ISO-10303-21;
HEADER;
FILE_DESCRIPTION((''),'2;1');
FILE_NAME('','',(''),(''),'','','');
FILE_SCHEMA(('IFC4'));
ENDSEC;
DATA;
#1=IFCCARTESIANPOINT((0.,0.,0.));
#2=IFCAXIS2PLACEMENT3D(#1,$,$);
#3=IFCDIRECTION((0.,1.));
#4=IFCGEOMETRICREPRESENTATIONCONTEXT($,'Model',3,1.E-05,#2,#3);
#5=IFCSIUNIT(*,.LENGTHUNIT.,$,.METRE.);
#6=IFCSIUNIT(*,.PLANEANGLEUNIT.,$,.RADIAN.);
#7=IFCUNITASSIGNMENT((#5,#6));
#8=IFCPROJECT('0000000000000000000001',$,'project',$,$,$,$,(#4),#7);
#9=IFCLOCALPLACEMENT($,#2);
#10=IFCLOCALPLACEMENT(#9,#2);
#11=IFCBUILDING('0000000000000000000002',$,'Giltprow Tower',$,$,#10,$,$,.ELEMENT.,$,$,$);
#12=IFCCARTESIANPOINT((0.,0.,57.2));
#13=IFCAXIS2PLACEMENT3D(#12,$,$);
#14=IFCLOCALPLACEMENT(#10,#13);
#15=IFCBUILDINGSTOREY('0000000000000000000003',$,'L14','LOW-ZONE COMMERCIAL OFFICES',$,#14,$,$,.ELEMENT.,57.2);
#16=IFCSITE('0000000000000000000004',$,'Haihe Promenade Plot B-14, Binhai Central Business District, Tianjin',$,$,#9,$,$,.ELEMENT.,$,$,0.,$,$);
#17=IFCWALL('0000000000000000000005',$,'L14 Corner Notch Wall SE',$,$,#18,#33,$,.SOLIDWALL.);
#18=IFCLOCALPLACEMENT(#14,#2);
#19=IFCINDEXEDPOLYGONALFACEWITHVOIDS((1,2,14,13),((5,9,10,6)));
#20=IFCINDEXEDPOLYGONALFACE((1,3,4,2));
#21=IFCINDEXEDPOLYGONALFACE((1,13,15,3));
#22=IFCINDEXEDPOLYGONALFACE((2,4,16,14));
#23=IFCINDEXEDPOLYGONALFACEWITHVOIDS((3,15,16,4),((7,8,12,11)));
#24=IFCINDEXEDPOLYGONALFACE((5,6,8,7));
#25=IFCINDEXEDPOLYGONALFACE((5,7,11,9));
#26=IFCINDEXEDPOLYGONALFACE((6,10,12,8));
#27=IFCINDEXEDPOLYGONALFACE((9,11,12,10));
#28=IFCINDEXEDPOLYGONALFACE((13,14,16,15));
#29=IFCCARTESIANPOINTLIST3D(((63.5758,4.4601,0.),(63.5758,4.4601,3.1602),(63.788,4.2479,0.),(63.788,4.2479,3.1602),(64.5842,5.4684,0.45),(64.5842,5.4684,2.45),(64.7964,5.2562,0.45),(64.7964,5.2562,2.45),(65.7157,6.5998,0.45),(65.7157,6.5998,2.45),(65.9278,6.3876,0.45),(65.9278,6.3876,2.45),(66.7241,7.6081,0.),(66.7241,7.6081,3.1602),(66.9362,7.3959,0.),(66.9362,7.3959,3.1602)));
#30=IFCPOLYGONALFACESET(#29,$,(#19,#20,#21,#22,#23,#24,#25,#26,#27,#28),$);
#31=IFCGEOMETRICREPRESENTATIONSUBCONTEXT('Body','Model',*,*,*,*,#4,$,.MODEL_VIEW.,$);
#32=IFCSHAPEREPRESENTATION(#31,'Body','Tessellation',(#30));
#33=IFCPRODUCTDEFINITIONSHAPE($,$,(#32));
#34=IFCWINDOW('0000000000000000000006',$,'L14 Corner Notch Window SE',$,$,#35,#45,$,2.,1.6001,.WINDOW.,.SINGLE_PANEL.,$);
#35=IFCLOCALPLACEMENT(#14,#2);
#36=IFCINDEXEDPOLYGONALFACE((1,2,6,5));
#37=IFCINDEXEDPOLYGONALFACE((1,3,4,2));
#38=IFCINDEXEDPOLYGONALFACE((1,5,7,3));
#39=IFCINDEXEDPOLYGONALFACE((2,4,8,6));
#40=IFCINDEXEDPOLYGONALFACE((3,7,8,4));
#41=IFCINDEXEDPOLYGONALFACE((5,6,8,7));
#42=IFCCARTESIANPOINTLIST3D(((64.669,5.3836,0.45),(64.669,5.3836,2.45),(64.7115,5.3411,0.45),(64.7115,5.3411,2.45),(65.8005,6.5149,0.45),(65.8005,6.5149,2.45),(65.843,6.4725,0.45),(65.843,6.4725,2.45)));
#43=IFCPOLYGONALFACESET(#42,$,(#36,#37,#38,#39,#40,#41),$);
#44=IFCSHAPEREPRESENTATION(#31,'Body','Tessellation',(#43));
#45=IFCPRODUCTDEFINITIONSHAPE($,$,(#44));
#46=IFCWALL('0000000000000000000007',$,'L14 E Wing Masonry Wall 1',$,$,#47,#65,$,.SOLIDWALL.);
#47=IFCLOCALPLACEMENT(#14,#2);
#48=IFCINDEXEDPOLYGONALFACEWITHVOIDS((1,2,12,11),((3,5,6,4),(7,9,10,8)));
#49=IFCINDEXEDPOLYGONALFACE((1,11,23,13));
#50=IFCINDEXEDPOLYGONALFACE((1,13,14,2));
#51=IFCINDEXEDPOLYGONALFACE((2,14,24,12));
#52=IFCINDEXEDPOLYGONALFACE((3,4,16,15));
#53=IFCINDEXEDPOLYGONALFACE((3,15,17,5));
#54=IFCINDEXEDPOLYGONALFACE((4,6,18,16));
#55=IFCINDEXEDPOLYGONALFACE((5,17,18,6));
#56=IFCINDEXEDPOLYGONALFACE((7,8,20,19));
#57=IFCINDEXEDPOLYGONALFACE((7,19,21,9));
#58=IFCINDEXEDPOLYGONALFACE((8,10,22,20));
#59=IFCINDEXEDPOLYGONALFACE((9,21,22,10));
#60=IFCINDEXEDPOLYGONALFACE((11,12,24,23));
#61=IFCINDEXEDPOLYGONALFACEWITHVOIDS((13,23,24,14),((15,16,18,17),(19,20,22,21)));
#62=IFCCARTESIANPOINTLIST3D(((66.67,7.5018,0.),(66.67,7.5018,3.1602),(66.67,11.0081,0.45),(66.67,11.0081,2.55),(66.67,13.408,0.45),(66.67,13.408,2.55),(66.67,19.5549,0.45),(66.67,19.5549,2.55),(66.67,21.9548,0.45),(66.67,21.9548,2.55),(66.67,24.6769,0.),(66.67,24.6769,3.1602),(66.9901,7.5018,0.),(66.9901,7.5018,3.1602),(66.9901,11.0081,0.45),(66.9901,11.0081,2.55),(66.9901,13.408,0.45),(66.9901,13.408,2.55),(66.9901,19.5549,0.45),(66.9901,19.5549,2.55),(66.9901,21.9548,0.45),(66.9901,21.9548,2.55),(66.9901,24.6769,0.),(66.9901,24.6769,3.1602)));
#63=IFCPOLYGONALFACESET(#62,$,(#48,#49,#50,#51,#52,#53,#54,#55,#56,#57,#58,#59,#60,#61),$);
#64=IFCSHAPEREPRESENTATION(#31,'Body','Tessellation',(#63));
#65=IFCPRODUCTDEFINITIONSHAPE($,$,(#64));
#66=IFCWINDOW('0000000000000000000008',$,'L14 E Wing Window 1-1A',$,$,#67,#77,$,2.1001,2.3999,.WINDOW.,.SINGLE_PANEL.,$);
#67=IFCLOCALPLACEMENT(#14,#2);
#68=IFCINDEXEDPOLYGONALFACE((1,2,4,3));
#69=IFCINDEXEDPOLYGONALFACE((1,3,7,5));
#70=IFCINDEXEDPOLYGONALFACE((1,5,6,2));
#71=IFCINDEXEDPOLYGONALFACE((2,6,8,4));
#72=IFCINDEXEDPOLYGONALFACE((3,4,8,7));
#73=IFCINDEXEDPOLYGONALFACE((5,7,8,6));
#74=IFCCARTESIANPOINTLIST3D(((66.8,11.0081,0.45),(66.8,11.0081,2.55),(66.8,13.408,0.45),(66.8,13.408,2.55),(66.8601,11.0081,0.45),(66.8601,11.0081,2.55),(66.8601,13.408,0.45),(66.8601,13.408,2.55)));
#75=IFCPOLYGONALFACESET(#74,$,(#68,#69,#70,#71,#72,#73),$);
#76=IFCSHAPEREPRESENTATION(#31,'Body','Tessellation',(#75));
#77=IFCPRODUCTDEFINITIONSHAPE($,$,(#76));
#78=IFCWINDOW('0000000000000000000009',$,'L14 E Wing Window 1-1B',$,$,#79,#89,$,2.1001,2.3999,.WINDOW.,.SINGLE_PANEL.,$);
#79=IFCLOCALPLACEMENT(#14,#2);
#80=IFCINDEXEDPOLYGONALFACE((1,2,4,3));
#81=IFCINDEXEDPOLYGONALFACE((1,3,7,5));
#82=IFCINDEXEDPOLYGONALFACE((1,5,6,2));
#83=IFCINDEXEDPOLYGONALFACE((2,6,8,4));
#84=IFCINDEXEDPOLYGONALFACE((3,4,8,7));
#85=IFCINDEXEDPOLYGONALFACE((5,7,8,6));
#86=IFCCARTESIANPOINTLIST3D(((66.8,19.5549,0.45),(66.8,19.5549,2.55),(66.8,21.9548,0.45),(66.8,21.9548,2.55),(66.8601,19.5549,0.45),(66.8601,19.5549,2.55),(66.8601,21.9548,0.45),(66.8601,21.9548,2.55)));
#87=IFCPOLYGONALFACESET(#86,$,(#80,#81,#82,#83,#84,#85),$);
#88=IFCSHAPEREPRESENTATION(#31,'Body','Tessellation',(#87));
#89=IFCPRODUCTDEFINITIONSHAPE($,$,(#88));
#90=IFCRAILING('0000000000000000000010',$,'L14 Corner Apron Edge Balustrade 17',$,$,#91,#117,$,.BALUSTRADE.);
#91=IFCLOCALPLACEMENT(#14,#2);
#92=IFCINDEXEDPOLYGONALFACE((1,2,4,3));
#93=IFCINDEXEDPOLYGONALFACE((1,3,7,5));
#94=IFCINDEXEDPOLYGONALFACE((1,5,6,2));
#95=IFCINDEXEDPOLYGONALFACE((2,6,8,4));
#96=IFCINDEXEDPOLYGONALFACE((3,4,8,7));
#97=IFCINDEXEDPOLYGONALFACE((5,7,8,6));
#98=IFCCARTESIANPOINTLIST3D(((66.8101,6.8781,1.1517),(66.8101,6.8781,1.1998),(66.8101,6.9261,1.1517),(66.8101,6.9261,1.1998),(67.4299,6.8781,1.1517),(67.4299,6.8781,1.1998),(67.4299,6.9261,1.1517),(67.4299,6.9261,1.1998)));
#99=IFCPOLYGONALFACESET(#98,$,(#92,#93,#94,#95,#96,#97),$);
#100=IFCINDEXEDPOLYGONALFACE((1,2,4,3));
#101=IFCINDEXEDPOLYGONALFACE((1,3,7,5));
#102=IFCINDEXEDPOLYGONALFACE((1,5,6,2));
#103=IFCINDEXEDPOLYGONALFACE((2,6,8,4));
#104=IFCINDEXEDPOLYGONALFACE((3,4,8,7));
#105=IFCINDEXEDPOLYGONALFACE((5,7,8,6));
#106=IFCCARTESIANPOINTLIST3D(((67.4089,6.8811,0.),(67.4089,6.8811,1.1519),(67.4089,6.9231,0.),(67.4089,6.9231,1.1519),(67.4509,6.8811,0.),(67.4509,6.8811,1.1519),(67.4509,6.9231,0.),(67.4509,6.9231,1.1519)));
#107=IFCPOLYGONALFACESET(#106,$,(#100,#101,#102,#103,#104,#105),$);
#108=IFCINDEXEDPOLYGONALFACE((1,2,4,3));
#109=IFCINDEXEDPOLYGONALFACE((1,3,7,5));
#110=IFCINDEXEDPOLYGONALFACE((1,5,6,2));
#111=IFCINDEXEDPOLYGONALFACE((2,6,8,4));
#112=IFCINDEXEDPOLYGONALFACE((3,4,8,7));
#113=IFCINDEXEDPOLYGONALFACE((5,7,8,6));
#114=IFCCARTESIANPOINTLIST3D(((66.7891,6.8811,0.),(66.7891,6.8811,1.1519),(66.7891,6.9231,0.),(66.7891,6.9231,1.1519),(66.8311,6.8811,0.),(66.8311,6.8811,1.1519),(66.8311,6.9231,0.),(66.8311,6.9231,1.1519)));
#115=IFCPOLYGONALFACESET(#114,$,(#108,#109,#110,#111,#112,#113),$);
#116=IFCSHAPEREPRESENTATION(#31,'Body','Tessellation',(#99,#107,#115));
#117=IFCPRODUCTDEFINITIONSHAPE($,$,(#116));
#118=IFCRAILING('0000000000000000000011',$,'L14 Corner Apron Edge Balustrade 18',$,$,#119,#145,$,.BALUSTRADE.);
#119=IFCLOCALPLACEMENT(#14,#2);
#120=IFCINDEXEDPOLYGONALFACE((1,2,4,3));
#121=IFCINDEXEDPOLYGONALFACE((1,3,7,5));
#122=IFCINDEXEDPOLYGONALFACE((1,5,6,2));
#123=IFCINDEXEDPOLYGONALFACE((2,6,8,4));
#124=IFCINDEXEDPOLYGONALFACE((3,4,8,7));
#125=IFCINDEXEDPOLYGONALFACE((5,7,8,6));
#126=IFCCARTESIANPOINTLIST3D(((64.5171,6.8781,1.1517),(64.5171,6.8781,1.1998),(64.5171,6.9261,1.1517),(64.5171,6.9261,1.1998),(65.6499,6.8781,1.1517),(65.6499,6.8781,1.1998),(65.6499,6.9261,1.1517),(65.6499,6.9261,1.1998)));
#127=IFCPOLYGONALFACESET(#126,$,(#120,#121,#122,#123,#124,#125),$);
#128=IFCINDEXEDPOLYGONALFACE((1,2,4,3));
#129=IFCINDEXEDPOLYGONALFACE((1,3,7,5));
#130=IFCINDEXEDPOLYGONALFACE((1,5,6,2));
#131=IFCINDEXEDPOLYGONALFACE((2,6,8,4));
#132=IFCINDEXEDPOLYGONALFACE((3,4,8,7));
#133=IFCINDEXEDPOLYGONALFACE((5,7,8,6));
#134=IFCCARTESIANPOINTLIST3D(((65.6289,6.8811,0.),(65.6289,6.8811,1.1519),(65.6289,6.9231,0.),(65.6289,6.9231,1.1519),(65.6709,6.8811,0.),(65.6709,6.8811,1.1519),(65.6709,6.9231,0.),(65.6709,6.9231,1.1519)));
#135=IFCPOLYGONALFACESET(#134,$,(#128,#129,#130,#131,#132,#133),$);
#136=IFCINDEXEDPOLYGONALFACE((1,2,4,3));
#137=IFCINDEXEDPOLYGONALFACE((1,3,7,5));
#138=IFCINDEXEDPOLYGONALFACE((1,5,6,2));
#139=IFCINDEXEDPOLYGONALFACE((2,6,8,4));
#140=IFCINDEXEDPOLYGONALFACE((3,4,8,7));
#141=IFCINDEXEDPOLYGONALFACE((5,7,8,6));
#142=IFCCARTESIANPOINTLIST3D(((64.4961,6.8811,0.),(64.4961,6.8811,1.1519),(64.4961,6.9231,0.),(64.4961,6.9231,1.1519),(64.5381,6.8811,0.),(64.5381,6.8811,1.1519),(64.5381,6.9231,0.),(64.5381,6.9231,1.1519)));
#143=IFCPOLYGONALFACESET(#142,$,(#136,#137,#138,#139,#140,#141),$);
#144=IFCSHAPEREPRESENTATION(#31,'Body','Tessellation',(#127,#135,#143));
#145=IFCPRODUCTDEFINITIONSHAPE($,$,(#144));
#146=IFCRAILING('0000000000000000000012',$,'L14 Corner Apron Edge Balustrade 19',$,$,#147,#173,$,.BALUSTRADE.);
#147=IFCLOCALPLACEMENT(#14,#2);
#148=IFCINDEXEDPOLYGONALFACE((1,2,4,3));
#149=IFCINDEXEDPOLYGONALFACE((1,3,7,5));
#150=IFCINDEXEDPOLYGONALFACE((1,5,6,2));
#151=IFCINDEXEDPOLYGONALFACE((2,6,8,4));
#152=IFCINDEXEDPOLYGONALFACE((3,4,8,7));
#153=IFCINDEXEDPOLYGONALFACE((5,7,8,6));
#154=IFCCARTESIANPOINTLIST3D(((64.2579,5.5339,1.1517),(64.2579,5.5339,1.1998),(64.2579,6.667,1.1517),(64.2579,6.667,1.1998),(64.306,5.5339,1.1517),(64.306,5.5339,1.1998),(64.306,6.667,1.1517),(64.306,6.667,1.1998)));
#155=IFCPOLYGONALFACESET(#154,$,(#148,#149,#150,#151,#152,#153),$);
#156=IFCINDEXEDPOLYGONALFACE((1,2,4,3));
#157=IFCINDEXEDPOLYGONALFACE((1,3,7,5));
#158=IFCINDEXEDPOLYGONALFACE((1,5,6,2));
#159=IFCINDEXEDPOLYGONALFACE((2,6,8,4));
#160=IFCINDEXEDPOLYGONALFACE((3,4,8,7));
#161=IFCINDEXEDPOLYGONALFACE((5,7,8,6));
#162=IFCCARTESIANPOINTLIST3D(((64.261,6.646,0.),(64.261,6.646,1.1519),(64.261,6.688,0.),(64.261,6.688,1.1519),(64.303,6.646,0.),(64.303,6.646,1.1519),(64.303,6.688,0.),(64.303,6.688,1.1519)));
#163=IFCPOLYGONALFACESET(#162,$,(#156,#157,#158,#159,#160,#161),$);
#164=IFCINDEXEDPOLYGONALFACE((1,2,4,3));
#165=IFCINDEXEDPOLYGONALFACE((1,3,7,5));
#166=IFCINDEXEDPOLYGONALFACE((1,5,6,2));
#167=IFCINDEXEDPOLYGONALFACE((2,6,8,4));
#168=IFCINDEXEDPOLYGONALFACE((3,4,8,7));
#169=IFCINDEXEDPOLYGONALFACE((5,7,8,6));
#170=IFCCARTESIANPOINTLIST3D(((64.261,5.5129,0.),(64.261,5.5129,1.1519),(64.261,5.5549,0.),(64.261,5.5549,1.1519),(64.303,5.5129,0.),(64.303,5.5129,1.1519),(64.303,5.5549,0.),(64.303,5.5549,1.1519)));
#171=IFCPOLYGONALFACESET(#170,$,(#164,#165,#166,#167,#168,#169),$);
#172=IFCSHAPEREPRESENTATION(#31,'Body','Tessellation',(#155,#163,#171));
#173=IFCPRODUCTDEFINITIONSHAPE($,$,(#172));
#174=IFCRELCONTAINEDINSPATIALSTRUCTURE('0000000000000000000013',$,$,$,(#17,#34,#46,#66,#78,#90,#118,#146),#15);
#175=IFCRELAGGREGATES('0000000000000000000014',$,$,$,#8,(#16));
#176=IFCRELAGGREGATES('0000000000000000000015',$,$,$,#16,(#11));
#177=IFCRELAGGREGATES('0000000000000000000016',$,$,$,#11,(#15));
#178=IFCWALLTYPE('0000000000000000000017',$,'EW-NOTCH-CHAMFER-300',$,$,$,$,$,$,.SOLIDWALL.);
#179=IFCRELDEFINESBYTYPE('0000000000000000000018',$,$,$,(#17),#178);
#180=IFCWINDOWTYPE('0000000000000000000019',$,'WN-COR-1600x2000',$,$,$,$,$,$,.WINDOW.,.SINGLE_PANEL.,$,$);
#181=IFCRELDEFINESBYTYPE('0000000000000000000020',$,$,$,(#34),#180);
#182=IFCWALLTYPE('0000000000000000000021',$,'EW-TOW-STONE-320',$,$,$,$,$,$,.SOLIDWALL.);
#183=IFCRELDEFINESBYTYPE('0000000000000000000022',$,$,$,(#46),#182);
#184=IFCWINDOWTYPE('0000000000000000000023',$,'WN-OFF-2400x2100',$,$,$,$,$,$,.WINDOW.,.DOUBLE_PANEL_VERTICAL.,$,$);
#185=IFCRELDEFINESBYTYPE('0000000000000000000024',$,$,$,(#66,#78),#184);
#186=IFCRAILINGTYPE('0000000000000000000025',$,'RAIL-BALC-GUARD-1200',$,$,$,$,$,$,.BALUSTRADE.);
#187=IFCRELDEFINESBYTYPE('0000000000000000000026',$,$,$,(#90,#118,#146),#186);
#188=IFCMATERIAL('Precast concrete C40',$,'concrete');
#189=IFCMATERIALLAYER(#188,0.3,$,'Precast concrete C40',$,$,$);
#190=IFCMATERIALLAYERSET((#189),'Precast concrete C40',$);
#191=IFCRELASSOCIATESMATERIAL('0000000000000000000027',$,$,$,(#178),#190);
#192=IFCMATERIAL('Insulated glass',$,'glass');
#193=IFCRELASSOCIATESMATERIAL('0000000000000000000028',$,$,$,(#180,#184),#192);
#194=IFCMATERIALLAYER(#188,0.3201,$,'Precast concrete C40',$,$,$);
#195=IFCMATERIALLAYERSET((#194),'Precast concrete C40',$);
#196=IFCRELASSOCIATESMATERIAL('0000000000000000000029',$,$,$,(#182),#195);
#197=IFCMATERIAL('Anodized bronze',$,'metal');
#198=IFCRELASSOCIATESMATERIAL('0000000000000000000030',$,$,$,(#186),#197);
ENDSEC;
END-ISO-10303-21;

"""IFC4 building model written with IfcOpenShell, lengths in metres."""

from ifc_helpers import new_model, si_unit, direction, frame, frame_2d, origin, origin_2d, place, context, subcontext, project, spatial, rectangle, extrude, source, transform, mapped, material, layer, layer_set, type_object, element, fill, save


model = new_model("IFC4")

# Units and contexts
model_context = context("Model", 3, precision=1e-05, world=origin(), true_north=direction((0.0, 1.0)))
body_context = subcontext(model_context, "Body", "Model", "MODEL_VIEW")
ifc_project = project(units=[si_unit("LENGTHUNIT", "METRE"), si_unit("PLANEANGLEUNIT", "RADIAN")], contexts=[model_context])

# Site, building, storey
site_placement = place(None, origin())
site = spatial("IfcSite", under=ifc_project, at=site_placement, Name="Haihe Promenade Plot B-14, Binhai Central Business District, Tianjin", CompositionType="ELEMENT", RefElevation=0.0)
building_placement = place(site_placement, origin())
building = spatial("IfcBuilding", under=site, at=building_placement, Name="Giltprow Tower", CompositionType="ELEMENT")
storey_placement = place(building_placement, frame((0.0, 0.0, 57.2)))
storey = spatial("IfcBuildingStorey", under=building, at=storey_placement, Name="L14", Description="LOW-ZONE COMMERCIAL OFFICES", CompositionType="ELEMENT", Elevation=57.2)

# Shared definitions
ifc_material_1 = material(Name="Anodized bronze", Category="metal")

# Shared definitions
ifc_material_2 = material(Name="Insulated glass", Category="glass")

# Wall, opening, window
ifc_material_3 = material(Name="Precast concrete C40", Category="concrete")
ifc_layer_1 = layer(ifc_material_3, 0.3, Name="Precast concrete C40")
ifc_layer_set_1 = layer_set([ifc_layer_1], Name="Precast concrete C40")
wall_type_1 = type_object("IfcWallType", Name="EW-NOTCH-CHAMFER-300", PredefinedType="SOLIDWALL", material=ifc_layer_set_1)
wall_1_placement = place(storey_placement, frame((63.6819, 4.354, 0.0), z_axis=(0.0, 0.0, 1.0), x_axis=(0.707134, 0.707079, 0.0)))
wall_1 = element("IfcWall", 1, at=wall_1_placement, inside=storey, type_object=wall_type_1, Name="L14 Corner Notch Wall SE", PredefinedType="SOLIDWALL", context=body_context, shape_type="SweptSolid", body=[
    extrude(rectangle(XDim=4.4521, YDim=0.3, at=frame_2d((2.2261, 0.0))), origin(), (0.0, 0.0, 1.0), 3.1602),
])
opening_1_placement = place(wall_1_placement, frame((1.426, 0.0, 0.45)))
opening_1 = element("IfcOpeningElement", 2, at=opening_1_placement, cuts=wall_1, PredefinedType="OPENING", context=body_context, shape_type="SweptSolid", body=[
    extrude(rectangle(XDim=1.6001, YDim=2.0, at=frame_2d((0.8, 1.0))), frame((0.0, 0.1599, 0.0), z_axis=(0.0, -1.0, 0.0), x_axis=(1.0, 0.0, 0.0)), (0.0, 0.0, 1.0), 0.3201),
])
window_type_1 = type_object("IfcWindowType", Name="WN-COR-1600x2000", PartitioningType="SINGLE_PANEL", PredefinedType="WINDOW", material=ifc_material_2)
shared_shape_1 = source(origin(), body_context, "Body", "SweptSolid", [
    extrude(rectangle(XDim=1.6001, YDim=2.0, at=frame_2d((0.8, 1.0))), frame((0.0, 0.03, 0.0), z_axis=(0.0, -1.0, 0.0), x_axis=(1.0, 0.0, 0.0)), (0.0, 0.0, 1.0), 0.0601),
])
window_1_placement = place(opening_1_placement, origin())
window_1 = element("IfcWindow", 3, at=window_1_placement, inside=storey, type_object=window_type_1, Name="L14 Corner Notch Window SE", OverallHeight=2.0, OverallWidth=1.6001, PartitioningType="SINGLE_PANEL", PredefinedType="WINDOW", context=body_context, shape_type="MappedRepresentation", body=[
    mapped(shared_shape_1, transform((0.0, 0.0, 0.0), x_axis=(1.0, 0.0, 0.0), y_axis=(0.0, 1.0, 0.0), z_axis=(0.0, 0.0, 1.0), scale=1.0)),
])
fill(opening_1, window_1)

# Wall, openings, windows
ifc_layer_2 = layer(ifc_material_3, 0.3201, Name="Precast concrete C40")
ifc_layer_set_2 = layer_set([ifc_layer_2], Name="Precast concrete C40")
wall_type_2 = type_object("IfcWallType", Name="EW-TOW-STONE-320", PredefinedType="SOLIDWALL", material=ifc_layer_set_2)
wall_2_placement = place(storey_placement, frame((66.8301, 7.502, 0.0), z_axis=(0.0, 0.0, 1.0), x_axis=(0.0, 1.0, 0.0)))
wall_2 = element("IfcWall", 4, at=wall_2_placement, inside=storey, type_object=wall_type_2, Name="L14 E Wing Masonry Wall 1", PredefinedType="SOLIDWALL", context=body_context, shape_type="SweptSolid", body=[
    extrude(rectangle(XDim=17.175, YDim=0.3201, at=frame_2d((8.5874, 0.0))), origin(), (0.0, 0.0, 1.0), 3.1602),
])
opening_2_placement = place(wall_2_placement, frame((3.5061, 0.0, 0.45)))
opening_2 = element("IfcOpeningElement", 5, at=opening_2_placement, cuts=wall_2, PredefinedType="OPENING", context=body_context, shape_type="SweptSolid", body=[
    extrude(rectangle(XDim=2.3999, YDim=2.1001, at=frame_2d((1.2, 1.05))), frame((0.0, 0.1699, 0.0), z_axis=(0.0, -1.0, 0.0), x_axis=(1.0, 0.0, 0.0)), (0.0, 0.0, 1.0), 0.3401),
])
opening_3_placement = place(wall_2_placement, frame((12.053, 0.0, 0.45)))
opening_3 = element("IfcOpeningElement", 6, at=opening_3_placement, cuts=wall_2, PredefinedType="OPENING", context=body_context, shape_type="SweptSolid", body=[
    extrude(rectangle(XDim=2.3999, YDim=2.1001, at=frame_2d((1.2, 1.05))), frame((0.0, 0.1699, 0.0), z_axis=(0.0, -1.0, 0.0), x_axis=(1.0, 0.0, 0.0)), (0.0, 0.0, 1.0), 0.3401),
])
window_type_2 = type_object("IfcWindowType", Name="WN-OFF-2400x2100", PartitioningType="DOUBLE_PANEL_VERTICAL", PredefinedType="WINDOW", material=ifc_material_2)
shared_shape_2 = source(origin(), body_context, "Body", "SweptSolid", [
    extrude(rectangle(XDim=2.3999, YDim=2.1001, at=frame_2d((1.2, 1.05))), frame((0.0, 0.03, 0.0), z_axis=(0.0, -1.0, 0.0), x_axis=(1.0, 0.0, 0.0)), (0.0, 0.0, 1.0), 0.0601),
])
window_2_placement = place(opening_2_placement, origin())
window_2 = element("IfcWindow", 7, at=window_2_placement, inside=storey, type_object=window_type_2, Name="L14 E Wing Window 1-1A", OverallHeight=2.1001, OverallWidth=2.3999, PartitioningType="SINGLE_PANEL", PredefinedType="WINDOW", context=body_context, shape_type="MappedRepresentation", body=[
    mapped(shared_shape_2, transform((0.0, 0.0, 0.0), x_axis=(1.0, 0.0, 0.0), y_axis=(0.0, 1.0, 0.0), z_axis=(0.0, 0.0, 1.0), scale=1.0)),
])
fill(opening_2, window_2)
window_3_placement = place(opening_3_placement, origin())
window_3 = element("IfcWindow", 8, at=window_3_placement, inside=storey, type_object=window_type_2, Name="L14 E Wing Window 1-1B", OverallHeight=2.1001, OverallWidth=2.3999, PartitioningType="SINGLE_PANEL", PredefinedType="WINDOW", context=body_context, shape_type="MappedRepresentation", body=[
    mapped(shared_shape_2, transform((0.0, 0.0, 0.0), x_axis=(1.0, 0.0, 0.0), y_axis=(0.0, 1.0, 0.0), z_axis=(0.0, 0.0, 1.0), scale=1.0)),
])
fill(opening_3, window_3)

# Railings
railing_type = type_object("IfcRailingType", Name="RAIL-BALC-GUARD-1200", PredefinedType="BALUSTRADE", material=ifc_material_1)
railing_1_placement = place(storey_placement, frame((67.4299, 6.9021, 0.0)))
element("IfcRailing", 9, at=railing_1_placement, inside=storey, type_object=railing_type, Name="L14 Corner Apron Edge Balustrade 17", PredefinedType="BALUSTRADE", context=body_context, shape_type="SweptSolid", body=[
    extrude(rectangle(XDim=0.0481, YDim=0.0481, at=origin_2d()), frame((0.0, 0.0, 1.1758), z_axis=(-1.0, 0.0, 0.0), x_axis=(0.0, -1.0, 0.0)), (0.0, 0.0, 1.0), 0.6199),
    extrude(rectangle(XDim=0.042, YDim=0.042, at=origin_2d()), origin(), (0.0, 0.0, 1.0), 1.1519),
    extrude(rectangle(XDim=0.042, YDim=0.042, at=origin_2d()), frame((-0.6199, 0.0, 0.0)), (0.0, 0.0, 1.0), 1.1519),
])
railing_2_placement = place(storey_placement, frame((65.6499, 6.9021, 0.0)))
element("IfcRailing", 10, at=railing_2_placement, inside=storey, type_object=railing_type, Name="L14 Corner Apron Edge Balustrade 18", PredefinedType="BALUSTRADE", context=body_context, shape_type="SweptSolid", body=[
    extrude(rectangle(XDim=0.0481, YDim=0.0481, at=origin_2d()), frame((0.0, 0.0, 1.1758), z_axis=(-1.0, 0.0, 0.0), x_axis=(0.0, -1.0, 0.0)), (0.0, 0.0, 1.0), 1.1328),
    extrude(rectangle(XDim=0.042, YDim=0.042, at=origin_2d()), origin(), (0.0, 0.0, 1.0), 1.1519),
    extrude(rectangle(XDim=0.042, YDim=0.042, at=origin_2d()), frame((-1.1328, 0.0, 0.0)), (0.0, 0.0, 1.0), 1.1519),
])
railing_3_placement = place(storey_placement, frame((64.282, 6.667, 0.0)))
element("IfcRailing", 11, at=railing_3_placement, inside=storey, type_object=railing_type, Name="L14 Corner Apron Edge Balustrade 19", PredefinedType="BALUSTRADE", context=body_context, shape_type="SweptSolid", body=[
    extrude(rectangle(XDim=0.0481, YDim=0.0481, at=origin_2d()), frame((0.0, 0.0, 1.1758), z_axis=(0.0, -1.0, 0.0), x_axis=(1.0, 0.0, 0.0)), (0.0, 0.0, 1.0), 1.1331),
    extrude(rectangle(XDim=0.042, YDim=0.042, at=origin_2d()), origin(), (0.0, 0.0, 1.0), 1.1519),
    extrude(rectangle(XDim=0.042, YDim=0.042, at=origin_2d()), frame((0.0, -1.1331, 0.0)), (0.0, 0.0, 1.0), 1.1519),
])

save(model, "model.ifc")
